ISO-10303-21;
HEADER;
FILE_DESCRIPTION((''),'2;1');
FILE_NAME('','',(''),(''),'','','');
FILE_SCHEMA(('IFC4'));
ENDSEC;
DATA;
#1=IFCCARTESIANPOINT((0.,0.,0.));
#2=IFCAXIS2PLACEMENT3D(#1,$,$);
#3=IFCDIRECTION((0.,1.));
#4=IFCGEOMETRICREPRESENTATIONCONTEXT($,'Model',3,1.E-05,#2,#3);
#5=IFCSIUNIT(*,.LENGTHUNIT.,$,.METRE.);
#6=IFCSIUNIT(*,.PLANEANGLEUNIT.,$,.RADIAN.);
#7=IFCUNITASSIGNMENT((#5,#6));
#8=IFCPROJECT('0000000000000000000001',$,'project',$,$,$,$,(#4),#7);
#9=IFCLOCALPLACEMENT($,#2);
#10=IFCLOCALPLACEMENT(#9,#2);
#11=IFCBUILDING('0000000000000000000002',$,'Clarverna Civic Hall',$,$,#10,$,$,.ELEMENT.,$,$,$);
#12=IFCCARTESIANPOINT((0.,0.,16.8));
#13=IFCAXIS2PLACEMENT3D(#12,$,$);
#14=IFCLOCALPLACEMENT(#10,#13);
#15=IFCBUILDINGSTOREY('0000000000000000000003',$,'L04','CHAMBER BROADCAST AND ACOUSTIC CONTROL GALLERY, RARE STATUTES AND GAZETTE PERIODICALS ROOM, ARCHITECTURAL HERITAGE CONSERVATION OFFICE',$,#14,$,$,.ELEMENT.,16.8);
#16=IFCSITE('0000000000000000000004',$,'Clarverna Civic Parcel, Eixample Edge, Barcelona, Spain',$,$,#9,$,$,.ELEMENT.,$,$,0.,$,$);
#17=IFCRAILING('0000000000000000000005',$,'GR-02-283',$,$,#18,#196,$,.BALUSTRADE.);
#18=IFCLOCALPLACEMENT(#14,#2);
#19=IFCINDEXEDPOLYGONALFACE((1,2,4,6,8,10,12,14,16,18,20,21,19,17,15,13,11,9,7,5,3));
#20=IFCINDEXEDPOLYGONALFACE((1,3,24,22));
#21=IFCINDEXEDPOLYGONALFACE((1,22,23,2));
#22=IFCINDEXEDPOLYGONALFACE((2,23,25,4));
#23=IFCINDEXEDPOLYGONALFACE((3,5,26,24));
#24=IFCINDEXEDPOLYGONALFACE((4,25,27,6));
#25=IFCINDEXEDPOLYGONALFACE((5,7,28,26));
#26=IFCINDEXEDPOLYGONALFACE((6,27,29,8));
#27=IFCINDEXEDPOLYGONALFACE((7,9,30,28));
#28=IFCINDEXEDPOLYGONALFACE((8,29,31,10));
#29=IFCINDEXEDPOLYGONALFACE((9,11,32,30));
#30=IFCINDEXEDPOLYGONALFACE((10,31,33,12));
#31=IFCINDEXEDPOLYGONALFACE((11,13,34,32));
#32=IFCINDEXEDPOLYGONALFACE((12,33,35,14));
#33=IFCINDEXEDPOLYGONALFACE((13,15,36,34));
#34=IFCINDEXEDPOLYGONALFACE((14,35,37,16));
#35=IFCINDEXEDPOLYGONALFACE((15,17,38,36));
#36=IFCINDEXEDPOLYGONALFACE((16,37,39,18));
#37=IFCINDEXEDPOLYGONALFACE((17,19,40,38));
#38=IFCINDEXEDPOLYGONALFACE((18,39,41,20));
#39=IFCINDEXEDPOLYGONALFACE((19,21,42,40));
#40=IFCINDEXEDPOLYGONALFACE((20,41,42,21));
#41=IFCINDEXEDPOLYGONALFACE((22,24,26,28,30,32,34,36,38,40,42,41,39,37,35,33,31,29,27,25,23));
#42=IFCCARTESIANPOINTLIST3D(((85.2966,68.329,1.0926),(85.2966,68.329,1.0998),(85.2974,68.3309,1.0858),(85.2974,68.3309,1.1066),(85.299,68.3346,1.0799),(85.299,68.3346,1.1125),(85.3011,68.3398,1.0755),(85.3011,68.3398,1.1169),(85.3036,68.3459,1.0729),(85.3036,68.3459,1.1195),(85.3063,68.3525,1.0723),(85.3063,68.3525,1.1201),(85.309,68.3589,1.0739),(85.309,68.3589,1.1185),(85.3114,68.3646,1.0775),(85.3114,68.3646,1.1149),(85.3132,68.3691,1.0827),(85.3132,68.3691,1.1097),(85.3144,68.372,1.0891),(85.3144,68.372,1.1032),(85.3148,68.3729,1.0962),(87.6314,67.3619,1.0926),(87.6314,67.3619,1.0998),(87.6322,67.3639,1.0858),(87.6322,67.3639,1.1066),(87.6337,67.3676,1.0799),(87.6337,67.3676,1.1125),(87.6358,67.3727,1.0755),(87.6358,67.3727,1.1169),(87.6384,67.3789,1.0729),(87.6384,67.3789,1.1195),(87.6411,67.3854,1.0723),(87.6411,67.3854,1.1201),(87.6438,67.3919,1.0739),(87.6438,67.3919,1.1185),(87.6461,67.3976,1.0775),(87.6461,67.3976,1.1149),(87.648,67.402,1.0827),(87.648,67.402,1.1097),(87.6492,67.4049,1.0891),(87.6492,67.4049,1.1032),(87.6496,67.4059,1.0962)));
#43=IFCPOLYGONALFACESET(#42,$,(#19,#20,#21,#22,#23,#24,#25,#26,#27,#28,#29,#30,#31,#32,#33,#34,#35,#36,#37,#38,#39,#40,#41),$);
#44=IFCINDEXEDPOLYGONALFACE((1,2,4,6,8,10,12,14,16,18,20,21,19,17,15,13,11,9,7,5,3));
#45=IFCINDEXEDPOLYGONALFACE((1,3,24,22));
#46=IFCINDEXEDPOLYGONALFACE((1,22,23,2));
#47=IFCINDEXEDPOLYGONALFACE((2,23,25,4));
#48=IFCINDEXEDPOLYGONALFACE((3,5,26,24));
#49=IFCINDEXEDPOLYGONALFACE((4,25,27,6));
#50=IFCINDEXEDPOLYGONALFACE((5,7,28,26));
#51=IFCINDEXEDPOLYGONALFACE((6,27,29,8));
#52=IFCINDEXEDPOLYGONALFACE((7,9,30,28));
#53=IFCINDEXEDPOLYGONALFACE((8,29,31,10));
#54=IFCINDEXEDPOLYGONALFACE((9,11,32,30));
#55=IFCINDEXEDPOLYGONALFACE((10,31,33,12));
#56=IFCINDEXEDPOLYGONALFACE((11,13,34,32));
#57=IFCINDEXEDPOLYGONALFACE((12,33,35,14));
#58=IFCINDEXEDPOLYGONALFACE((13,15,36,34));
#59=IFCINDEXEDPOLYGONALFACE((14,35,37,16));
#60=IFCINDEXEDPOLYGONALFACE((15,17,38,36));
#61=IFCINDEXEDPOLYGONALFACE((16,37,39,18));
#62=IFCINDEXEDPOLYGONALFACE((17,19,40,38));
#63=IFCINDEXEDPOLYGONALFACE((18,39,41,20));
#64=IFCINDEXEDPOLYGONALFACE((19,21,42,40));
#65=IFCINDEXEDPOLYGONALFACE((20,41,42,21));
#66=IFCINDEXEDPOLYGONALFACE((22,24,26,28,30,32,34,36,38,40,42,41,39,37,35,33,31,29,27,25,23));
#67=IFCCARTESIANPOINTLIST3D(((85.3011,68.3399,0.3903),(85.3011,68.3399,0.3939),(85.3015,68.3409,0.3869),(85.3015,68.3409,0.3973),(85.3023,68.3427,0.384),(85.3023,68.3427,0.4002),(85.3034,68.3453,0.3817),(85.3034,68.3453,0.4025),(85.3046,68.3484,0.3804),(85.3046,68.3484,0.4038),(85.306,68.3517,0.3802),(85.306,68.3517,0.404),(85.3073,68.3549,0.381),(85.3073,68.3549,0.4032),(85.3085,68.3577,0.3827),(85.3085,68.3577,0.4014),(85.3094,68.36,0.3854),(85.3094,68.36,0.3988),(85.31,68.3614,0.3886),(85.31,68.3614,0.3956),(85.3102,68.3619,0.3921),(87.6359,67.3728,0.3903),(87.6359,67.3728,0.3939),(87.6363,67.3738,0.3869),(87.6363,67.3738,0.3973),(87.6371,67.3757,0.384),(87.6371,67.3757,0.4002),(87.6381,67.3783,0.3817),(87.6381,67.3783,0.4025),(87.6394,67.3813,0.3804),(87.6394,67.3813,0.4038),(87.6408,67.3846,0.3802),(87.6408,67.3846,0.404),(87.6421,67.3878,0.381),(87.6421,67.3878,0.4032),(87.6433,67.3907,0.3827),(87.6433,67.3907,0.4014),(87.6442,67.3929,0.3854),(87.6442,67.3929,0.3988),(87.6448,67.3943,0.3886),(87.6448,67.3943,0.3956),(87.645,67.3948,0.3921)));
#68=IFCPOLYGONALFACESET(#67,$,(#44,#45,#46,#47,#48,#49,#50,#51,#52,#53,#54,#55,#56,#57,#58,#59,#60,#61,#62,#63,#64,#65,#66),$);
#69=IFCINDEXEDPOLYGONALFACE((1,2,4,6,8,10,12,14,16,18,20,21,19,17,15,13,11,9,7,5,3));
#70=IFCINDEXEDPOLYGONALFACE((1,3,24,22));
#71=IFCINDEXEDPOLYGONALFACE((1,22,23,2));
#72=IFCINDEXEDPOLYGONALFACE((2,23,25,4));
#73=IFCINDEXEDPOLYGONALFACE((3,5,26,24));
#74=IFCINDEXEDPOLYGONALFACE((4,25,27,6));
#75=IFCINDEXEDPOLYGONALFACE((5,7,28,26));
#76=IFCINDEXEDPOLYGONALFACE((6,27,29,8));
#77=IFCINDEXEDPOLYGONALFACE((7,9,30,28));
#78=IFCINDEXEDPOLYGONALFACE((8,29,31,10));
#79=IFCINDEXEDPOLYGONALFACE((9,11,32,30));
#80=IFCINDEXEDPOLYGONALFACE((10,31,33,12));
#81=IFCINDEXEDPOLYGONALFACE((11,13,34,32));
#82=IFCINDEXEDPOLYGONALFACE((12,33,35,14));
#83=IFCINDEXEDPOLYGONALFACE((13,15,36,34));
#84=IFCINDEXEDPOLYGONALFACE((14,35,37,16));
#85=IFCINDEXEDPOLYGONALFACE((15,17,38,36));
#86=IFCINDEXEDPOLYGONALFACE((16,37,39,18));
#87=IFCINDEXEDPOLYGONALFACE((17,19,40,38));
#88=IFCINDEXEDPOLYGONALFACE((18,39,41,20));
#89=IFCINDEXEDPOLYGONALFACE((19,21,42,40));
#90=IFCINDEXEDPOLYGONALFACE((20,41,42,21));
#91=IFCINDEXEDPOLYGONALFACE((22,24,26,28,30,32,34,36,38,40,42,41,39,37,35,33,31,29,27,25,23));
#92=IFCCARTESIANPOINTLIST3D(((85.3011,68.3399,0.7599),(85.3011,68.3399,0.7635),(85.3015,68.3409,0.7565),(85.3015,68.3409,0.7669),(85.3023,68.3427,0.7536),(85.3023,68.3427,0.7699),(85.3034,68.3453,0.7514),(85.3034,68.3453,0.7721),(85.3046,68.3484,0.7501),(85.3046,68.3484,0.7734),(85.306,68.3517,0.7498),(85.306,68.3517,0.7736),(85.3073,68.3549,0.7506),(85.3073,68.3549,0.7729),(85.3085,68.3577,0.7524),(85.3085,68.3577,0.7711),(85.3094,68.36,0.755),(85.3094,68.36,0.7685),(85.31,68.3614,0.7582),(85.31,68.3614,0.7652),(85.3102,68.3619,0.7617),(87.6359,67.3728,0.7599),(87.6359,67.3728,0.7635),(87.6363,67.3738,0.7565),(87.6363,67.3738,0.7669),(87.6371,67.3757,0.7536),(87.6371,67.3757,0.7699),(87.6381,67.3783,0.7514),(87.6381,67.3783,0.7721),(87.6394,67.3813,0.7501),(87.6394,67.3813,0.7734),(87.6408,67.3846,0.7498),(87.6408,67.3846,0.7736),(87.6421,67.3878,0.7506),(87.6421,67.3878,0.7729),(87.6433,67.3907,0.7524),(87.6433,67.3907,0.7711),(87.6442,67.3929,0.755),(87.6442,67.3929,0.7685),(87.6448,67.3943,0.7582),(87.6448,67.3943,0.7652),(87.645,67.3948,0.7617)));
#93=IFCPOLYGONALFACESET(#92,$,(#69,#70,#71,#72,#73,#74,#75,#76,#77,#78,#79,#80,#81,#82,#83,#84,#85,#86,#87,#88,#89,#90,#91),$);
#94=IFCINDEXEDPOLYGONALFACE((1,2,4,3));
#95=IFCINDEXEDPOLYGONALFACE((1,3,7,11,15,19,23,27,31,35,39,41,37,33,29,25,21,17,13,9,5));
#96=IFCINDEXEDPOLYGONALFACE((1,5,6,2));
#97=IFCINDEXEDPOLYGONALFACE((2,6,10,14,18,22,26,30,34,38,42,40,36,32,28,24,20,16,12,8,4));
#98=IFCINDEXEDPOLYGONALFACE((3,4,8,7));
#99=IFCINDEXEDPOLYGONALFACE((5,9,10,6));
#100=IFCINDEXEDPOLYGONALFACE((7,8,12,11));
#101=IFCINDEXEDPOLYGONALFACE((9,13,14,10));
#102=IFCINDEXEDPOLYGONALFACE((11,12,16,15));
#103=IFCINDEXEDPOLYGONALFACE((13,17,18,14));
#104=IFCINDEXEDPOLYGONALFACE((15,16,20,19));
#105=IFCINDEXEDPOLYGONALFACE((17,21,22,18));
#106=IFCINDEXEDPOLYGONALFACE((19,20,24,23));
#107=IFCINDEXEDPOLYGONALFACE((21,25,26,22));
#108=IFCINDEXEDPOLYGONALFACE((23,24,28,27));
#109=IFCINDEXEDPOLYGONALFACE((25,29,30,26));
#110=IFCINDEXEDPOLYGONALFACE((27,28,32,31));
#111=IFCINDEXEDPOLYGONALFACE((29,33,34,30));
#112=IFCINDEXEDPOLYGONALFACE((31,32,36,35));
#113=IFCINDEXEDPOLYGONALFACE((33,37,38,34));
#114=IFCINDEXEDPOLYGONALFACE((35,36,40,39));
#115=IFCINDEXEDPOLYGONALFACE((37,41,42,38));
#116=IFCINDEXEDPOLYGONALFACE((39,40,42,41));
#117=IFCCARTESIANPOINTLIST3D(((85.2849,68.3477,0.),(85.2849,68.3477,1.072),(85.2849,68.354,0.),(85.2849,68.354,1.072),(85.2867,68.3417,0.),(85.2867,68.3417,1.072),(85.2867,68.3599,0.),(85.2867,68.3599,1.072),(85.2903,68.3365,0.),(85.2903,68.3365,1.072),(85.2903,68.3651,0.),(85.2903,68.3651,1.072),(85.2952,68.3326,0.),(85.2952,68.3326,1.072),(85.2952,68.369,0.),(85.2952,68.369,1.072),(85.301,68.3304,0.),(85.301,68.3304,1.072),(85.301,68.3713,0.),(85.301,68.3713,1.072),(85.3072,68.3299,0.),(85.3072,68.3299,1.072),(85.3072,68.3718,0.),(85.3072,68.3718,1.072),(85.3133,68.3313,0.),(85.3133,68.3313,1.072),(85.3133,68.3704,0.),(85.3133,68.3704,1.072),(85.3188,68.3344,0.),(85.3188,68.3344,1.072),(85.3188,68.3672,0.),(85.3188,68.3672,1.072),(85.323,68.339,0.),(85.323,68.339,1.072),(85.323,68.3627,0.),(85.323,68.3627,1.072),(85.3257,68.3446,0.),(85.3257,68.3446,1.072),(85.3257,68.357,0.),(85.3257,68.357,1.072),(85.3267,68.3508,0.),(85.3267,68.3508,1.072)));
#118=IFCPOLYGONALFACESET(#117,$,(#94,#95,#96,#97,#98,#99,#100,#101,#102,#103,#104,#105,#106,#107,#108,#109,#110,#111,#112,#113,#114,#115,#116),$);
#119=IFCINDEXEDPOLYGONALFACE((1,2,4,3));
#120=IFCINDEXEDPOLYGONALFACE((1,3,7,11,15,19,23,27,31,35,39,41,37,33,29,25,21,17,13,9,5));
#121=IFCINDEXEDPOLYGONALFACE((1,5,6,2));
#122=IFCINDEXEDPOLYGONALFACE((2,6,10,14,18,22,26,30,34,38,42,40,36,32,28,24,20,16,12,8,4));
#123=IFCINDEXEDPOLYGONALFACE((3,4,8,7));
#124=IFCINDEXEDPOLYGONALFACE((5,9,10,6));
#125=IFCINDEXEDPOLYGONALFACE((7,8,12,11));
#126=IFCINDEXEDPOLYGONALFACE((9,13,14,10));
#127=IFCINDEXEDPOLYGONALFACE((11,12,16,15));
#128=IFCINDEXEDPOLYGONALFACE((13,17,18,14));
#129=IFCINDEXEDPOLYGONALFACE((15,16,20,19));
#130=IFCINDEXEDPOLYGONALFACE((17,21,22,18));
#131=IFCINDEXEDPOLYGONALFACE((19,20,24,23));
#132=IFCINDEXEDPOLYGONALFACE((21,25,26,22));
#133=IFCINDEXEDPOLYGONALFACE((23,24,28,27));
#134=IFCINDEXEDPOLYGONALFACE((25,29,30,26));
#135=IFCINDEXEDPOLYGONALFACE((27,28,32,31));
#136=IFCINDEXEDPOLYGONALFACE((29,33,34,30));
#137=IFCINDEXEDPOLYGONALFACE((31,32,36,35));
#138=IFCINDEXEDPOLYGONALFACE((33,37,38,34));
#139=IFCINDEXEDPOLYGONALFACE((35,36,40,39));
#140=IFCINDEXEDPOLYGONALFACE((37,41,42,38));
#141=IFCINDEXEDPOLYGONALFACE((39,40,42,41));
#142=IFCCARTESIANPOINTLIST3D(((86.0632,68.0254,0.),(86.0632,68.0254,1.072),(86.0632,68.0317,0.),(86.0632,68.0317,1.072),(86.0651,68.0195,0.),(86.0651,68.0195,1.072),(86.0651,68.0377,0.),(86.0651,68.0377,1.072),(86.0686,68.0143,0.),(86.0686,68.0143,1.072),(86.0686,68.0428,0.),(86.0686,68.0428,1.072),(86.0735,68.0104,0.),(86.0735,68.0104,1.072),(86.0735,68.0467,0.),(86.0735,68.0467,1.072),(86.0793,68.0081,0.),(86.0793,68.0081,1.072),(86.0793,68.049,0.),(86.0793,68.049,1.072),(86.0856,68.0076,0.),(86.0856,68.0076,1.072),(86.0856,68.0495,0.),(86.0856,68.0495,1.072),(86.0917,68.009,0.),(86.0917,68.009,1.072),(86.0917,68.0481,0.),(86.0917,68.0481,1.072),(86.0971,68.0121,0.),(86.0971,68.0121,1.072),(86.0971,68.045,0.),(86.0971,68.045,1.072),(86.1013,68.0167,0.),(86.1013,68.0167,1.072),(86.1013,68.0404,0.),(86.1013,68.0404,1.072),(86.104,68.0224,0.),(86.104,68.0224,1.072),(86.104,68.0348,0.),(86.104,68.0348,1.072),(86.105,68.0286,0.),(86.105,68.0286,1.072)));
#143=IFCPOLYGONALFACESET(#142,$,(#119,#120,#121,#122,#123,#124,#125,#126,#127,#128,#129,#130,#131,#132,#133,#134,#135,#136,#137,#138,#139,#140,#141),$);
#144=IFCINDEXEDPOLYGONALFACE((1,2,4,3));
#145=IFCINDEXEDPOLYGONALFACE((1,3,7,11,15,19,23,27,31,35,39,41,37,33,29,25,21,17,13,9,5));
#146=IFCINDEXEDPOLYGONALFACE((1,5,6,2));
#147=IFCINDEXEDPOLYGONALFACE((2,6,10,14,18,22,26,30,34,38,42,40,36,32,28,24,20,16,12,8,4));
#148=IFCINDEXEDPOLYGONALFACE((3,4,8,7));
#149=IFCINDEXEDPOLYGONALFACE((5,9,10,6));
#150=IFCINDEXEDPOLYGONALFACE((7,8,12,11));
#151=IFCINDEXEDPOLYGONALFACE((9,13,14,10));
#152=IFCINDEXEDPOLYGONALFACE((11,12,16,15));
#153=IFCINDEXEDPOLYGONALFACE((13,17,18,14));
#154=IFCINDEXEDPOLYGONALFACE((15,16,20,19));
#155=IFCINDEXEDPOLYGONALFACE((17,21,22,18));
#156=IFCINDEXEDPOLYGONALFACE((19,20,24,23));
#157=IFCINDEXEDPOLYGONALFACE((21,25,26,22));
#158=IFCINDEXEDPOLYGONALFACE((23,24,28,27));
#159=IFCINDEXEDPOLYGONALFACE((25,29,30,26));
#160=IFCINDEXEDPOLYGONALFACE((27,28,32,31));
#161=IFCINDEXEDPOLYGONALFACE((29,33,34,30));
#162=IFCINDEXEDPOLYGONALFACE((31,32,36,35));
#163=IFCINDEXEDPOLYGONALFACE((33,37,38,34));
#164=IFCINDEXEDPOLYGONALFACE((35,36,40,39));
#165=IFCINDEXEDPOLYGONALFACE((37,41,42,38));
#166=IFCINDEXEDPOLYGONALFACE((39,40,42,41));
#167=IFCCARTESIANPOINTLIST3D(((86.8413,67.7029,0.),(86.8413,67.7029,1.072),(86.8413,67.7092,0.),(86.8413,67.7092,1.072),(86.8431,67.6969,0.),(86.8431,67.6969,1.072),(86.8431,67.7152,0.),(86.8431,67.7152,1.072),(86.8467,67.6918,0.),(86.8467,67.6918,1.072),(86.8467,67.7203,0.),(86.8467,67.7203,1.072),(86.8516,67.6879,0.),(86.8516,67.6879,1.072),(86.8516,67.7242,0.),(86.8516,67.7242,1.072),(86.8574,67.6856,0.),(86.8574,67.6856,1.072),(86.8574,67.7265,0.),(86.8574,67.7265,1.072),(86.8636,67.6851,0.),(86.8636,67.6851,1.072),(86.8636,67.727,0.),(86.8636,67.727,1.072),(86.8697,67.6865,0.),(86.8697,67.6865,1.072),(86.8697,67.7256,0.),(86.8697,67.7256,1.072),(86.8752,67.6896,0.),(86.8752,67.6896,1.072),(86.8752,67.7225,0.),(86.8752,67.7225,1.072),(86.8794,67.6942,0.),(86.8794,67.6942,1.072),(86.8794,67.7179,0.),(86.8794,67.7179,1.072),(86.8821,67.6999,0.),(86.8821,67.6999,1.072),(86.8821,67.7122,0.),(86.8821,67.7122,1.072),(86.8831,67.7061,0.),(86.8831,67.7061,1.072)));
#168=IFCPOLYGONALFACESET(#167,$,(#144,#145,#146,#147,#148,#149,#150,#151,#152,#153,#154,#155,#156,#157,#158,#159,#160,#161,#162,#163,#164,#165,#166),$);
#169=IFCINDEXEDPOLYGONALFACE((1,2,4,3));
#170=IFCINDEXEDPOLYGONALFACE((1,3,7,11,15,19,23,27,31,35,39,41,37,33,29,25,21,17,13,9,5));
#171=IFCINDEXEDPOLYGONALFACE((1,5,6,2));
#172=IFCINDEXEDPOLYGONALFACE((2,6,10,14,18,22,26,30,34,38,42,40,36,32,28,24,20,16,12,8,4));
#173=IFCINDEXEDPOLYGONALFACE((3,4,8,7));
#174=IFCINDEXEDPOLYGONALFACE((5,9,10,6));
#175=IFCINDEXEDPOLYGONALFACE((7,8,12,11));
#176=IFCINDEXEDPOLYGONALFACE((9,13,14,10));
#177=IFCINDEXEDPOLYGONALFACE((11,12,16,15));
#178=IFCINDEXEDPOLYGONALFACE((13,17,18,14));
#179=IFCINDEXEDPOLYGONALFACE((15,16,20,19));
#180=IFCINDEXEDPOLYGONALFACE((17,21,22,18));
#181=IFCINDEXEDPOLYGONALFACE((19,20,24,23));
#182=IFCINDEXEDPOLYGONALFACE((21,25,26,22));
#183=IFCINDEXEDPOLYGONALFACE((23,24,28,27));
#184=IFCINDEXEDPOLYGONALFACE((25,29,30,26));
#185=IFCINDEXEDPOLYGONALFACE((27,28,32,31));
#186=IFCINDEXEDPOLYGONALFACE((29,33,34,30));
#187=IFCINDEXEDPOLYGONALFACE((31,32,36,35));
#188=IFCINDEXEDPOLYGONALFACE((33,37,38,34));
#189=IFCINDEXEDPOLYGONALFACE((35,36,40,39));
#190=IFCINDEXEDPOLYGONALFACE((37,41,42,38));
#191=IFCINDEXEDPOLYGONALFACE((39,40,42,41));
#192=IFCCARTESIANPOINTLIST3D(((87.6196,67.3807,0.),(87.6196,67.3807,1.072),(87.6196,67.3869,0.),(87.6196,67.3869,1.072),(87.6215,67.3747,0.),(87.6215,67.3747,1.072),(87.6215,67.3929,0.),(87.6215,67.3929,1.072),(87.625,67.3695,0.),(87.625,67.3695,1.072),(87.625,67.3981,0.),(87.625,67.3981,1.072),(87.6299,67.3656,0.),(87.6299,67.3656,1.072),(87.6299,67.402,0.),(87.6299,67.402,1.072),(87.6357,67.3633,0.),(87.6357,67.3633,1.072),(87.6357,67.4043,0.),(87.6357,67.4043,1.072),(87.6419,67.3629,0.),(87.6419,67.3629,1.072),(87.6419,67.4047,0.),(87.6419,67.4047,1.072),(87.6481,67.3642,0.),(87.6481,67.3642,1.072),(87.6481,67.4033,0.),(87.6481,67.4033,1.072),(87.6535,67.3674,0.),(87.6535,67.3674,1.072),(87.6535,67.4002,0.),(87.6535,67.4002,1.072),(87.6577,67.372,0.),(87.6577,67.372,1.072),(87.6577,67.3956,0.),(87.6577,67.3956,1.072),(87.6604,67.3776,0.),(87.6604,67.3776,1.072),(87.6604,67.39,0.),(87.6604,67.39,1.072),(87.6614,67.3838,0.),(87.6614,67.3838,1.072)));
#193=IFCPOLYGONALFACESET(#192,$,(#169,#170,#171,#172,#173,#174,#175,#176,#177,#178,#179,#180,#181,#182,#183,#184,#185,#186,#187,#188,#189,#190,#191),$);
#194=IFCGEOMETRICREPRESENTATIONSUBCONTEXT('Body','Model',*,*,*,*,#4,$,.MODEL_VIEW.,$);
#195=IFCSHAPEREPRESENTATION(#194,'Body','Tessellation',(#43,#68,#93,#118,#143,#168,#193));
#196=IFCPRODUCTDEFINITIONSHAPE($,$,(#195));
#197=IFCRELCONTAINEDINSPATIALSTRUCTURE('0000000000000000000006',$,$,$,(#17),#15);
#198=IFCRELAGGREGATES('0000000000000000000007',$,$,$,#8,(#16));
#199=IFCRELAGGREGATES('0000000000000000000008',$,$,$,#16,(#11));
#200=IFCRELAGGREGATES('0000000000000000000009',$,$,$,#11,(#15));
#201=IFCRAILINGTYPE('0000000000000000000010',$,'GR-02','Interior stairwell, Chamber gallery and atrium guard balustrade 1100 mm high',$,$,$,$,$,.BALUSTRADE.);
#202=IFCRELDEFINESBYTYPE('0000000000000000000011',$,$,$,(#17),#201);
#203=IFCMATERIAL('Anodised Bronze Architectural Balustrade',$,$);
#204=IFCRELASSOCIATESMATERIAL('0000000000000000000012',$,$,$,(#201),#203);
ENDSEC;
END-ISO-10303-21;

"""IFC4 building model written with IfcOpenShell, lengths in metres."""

from ifc_helpers import new_model, si_unit, direction, frame, origin, origin_2d, place, context, subcontext, project, spatial, circle, extrude, material, type_object, element, save


model = new_model("IFC4")

# Units and contexts
model_context = context("Model", 3, precision=1e-05, world=origin(), true_north=direction((0.0, 1.0)))
body_context = subcontext(model_context, "Body", "Model", "MODEL_VIEW")
ifc_project = project(units=[si_unit("LENGTHUNIT", "METRE"), si_unit("PLANEANGLEUNIT", "RADIAN")], contexts=[model_context])

# Site, building, storey
site_placement = place(None, origin())
site = spatial("IfcSite", under=ifc_project, at=site_placement, Name="Clarverna Civic Parcel, Eixample Edge, Barcelona, Spain", CompositionType="ELEMENT", RefElevation=0.0)
building_placement = place(site_placement, origin())
building = spatial("IfcBuilding", under=site, at=building_placement, Name="Clarverna Civic Hall", CompositionType="ELEMENT")
storey_placement = place(building_placement, frame((0.0, 0.0, 16.8)))
storey = spatial("IfcBuildingStorey", under=building, at=storey_placement, Name="L04", Description="CHAMBER BROADCAST AND ACOUSTIC CONTROL GALLERY, RARE STATUTES AND GAZETTE PERIODICALS ROOM, ARCHITECTURAL HERITAGE CONSERVATION OFFICE", CompositionType="ELEMENT", Elevation=16.8)

# Railing
ifc_material_1 = material(Name="Anodised Bronze Architectural Balustrade")
railing_type = type_object("IfcRailingType", Name="GR-02", Description="Interior stairwell, Chamber gallery and atrium guard balustrade 1100 mm high", PredefinedType="BALUSTRADE", material=ifc_material_1)
railing_1_placement = place(storey_placement, frame((85.3057, 68.3508, 0.0)))
element("IfcRailing", 1, at=railing_1_placement, inside=storey, type_object=railing_type, Name="GR-02-283", PredefinedType="BALUSTRADE", context=body_context, shape_type="SweptSolid", body=[
    extrude(circle(Radius=0.0239, at=origin_2d()), frame((0.0, 0.0, 1.0962), z_axis=(0.923884, -0.382673, 0.0), x_axis=(0.382673, 0.923884, 0.0)), (0.0, 0.0, 1.0), 2.5271),
    extrude(circle(Radius=0.012, at=origin_2d()), frame((0.0, 0.0, 0.3921), z_axis=(0.923884, -0.382673, 0.0), x_axis=(0.382673, 0.923884, 0.0)), (0.0, 0.0, 1.0), 2.5271),
    extrude(circle(Radius=0.012, at=origin_2d()), frame((0.0, 0.0, 0.7617), z_axis=(0.923884, -0.382673, 0.0), x_axis=(0.382673, 0.923884, 0.0)), (0.0, 0.0, 1.0), 2.5271),
    extrude(circle(Radius=0.021, at=origin_2d()), origin(), (0.0, 0.0, 1.0), 1.072),
    extrude(circle(Radius=0.021, at=origin_2d()), frame((0.7783, -0.3223, 0.0)), (0.0, 0.0, 1.0), 1.072),
    extrude(circle(Radius=0.021, at=origin_2d()), frame((1.5564, -0.6448, 0.0)), (0.0, 0.0, 1.0), 1.072),
    extrude(circle(Radius=0.021, at=origin_2d()), frame((2.3347, -0.967, 0.0)), (0.0, 0.0, 1.0), 1.072),
])

save(model, "model.ifc")
